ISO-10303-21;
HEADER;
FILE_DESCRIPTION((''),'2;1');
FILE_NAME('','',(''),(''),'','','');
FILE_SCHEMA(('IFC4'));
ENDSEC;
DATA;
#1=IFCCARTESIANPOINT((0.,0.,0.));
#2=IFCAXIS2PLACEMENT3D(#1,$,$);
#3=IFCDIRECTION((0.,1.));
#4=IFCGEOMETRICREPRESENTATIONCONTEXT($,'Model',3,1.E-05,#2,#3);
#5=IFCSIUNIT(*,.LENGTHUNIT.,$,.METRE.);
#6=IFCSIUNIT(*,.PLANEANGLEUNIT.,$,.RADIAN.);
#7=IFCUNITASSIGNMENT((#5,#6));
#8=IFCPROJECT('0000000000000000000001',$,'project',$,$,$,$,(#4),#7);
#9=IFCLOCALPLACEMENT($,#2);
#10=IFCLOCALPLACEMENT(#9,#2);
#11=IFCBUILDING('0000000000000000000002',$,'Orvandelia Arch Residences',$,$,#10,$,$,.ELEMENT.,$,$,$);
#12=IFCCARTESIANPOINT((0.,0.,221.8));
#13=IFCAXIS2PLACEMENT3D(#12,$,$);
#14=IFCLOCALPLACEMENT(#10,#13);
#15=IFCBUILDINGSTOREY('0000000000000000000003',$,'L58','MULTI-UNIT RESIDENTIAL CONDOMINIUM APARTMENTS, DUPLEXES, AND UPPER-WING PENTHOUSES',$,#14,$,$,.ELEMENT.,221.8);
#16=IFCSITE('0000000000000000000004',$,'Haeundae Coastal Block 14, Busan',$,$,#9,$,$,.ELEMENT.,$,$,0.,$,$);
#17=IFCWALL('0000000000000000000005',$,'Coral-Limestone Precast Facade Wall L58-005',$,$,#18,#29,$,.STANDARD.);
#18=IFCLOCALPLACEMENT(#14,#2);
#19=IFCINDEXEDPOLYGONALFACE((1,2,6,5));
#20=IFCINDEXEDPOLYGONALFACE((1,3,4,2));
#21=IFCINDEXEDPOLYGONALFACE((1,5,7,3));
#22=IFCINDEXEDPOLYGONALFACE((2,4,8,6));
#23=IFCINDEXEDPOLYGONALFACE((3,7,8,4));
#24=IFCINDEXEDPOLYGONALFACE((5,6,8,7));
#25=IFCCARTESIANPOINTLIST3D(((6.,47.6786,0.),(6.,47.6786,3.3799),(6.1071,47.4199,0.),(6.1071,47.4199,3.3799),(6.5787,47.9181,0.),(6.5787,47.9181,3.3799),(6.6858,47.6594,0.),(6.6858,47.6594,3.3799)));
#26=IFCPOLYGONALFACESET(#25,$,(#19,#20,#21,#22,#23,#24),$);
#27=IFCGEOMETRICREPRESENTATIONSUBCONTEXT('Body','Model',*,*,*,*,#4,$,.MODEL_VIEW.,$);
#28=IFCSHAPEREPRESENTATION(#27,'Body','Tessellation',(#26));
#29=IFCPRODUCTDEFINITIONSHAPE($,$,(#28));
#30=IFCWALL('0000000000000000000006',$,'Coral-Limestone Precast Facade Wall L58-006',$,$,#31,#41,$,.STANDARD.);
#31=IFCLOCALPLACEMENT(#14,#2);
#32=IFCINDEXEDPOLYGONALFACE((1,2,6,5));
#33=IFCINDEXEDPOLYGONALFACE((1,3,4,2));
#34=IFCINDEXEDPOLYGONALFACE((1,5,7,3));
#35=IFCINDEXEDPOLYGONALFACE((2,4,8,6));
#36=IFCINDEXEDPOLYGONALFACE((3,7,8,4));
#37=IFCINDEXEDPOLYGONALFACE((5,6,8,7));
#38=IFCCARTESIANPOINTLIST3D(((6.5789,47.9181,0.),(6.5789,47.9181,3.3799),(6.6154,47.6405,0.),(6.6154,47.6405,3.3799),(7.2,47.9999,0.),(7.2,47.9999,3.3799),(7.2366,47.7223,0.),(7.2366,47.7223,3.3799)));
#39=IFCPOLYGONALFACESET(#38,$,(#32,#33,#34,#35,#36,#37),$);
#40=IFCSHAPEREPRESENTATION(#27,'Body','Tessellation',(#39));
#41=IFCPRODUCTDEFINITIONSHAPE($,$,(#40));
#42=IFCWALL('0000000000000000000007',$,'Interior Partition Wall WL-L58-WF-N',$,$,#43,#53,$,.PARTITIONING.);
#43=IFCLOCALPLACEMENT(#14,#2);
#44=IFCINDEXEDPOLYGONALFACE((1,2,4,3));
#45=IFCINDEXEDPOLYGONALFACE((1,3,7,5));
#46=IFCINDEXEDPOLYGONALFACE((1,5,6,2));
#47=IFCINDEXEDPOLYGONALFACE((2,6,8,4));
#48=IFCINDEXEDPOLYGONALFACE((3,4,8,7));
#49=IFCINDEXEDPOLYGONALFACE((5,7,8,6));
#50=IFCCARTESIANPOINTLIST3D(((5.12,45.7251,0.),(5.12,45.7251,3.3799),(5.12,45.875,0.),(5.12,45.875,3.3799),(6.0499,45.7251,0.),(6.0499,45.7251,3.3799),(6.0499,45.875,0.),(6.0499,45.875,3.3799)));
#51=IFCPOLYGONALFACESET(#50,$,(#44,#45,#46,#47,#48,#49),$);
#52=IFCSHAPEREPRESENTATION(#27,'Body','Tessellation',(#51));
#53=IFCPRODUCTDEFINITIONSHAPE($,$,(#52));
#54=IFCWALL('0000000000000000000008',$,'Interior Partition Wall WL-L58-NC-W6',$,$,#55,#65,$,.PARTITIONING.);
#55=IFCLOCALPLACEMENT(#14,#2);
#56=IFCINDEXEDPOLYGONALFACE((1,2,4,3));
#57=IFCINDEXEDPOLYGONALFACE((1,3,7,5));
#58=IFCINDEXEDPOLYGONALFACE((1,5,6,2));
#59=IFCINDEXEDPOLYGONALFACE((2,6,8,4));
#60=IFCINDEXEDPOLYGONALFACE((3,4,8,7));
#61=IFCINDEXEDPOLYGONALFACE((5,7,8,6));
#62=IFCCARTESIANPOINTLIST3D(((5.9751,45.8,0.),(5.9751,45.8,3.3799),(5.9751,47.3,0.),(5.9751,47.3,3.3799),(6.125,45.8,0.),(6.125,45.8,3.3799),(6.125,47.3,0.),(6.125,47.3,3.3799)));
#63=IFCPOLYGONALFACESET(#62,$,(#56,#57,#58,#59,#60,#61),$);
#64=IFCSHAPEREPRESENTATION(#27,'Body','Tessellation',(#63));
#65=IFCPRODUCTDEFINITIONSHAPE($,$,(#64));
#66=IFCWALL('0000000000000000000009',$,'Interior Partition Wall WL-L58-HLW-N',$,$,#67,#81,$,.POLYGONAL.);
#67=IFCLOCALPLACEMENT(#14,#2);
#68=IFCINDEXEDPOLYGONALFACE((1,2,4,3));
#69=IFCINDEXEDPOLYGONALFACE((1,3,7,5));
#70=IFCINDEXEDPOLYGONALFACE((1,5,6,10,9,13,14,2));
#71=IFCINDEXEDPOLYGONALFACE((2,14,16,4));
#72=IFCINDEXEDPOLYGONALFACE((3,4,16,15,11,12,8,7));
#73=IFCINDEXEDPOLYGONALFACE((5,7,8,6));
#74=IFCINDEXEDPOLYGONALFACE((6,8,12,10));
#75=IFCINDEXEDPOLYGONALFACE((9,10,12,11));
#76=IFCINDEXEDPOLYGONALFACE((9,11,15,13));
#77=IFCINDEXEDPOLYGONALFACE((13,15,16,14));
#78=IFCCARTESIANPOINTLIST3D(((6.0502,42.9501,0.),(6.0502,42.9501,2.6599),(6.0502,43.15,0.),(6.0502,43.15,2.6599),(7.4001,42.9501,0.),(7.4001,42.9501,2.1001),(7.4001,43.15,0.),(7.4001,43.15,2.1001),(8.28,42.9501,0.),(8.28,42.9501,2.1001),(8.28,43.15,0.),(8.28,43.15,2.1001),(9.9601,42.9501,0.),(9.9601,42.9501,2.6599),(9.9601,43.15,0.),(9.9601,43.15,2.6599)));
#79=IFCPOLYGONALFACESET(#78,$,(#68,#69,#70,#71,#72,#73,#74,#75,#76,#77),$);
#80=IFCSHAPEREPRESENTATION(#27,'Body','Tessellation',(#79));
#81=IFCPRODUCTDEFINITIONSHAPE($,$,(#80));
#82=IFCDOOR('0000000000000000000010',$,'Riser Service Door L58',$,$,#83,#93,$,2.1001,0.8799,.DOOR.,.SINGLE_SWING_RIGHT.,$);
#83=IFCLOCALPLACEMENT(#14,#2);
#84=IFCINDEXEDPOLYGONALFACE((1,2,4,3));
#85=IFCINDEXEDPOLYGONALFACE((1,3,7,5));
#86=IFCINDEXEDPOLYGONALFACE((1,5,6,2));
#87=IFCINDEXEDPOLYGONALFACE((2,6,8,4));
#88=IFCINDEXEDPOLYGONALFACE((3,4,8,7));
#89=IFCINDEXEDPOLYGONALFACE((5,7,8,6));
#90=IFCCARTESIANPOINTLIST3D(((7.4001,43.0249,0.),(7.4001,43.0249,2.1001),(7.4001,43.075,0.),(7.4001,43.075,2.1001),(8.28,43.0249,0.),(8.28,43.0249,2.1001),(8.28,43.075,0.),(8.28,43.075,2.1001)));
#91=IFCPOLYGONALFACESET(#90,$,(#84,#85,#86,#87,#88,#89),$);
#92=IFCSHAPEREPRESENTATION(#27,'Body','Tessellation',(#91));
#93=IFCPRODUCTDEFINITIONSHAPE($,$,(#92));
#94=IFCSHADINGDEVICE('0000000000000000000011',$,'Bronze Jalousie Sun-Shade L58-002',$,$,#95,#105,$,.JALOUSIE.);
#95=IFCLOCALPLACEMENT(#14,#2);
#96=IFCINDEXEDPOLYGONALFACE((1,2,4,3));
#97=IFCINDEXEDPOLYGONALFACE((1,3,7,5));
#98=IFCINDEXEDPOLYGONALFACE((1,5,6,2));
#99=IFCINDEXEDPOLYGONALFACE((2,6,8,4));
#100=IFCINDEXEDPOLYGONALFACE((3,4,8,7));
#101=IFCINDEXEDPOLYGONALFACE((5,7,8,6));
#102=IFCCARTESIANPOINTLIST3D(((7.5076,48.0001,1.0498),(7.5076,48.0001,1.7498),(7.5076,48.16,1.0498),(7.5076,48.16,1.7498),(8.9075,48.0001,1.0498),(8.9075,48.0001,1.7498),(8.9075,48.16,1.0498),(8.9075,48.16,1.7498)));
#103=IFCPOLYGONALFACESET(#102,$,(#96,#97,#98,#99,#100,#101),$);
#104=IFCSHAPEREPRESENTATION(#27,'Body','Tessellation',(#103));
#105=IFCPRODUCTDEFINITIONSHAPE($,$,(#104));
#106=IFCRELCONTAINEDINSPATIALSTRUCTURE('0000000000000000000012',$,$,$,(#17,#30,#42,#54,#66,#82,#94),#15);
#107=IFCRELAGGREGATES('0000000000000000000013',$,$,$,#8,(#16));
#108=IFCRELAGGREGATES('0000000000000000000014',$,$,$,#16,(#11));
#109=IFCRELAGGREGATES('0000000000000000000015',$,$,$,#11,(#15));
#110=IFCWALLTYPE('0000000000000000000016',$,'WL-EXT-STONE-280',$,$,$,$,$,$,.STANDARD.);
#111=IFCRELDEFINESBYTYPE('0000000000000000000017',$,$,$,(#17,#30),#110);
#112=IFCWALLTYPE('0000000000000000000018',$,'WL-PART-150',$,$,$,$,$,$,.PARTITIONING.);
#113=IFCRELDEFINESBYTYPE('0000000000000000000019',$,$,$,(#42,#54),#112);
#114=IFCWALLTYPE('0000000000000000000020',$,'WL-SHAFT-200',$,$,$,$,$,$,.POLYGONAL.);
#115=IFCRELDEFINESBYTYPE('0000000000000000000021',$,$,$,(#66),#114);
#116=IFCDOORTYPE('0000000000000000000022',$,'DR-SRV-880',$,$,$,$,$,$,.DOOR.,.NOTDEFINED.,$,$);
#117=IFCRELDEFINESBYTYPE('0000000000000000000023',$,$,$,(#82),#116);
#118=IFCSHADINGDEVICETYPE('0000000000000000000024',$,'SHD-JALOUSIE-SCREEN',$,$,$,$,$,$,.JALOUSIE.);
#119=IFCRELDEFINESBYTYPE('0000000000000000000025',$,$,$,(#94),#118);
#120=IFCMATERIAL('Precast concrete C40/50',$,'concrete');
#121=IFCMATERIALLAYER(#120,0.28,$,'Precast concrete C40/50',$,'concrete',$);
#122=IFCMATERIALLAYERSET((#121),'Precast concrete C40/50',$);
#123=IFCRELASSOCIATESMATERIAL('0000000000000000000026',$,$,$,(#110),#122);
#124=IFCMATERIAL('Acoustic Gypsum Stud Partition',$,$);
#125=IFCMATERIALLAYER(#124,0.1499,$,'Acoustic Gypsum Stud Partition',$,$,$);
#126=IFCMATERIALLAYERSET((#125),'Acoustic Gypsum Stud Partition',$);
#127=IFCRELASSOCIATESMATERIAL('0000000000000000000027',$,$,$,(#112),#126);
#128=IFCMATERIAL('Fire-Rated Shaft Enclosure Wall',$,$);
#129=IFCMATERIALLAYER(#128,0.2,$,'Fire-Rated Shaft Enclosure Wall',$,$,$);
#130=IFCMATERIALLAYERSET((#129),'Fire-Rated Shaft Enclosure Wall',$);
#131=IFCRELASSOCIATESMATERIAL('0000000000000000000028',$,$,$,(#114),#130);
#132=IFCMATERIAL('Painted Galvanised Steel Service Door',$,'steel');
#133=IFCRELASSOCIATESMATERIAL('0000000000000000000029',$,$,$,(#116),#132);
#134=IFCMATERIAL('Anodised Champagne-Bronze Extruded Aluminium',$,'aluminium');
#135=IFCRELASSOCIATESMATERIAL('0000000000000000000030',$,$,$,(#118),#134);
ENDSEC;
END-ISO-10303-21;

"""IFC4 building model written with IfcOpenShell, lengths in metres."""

from ifc_helpers import new_model, si_unit, direction, frame, frame_2d, origin, origin_2d, place, context, subcontext, project, spatial, rectangle, extrude, material, layer, layer_set, type_object, element, fill, save


model = new_model("IFC4")

# Units and contexts
model_context = context("Model", 3, precision=1e-05, world=origin(), true_north=direction((0.0, 1.0)))
body_context = subcontext(model_context, "Body", "Model", "MODEL_VIEW")
ifc_project = project(units=[si_unit("LENGTHUNIT", "METRE"), si_unit("PLANEANGLEUNIT", "RADIAN")], contexts=[model_context])

# Site, building, storey
site_placement = place(None, origin())
site = spatial("IfcSite", under=ifc_project, at=site_placement, Name="Haeundae Coastal Block 14, Busan", CompositionType="ELEMENT", RefElevation=0.0)
building_placement = place(site_placement, origin())
building = spatial("IfcBuilding", under=site, at=building_placement, Name="Orvandelia Arch Residences", CompositionType="ELEMENT")
storey_placement = place(building_placement, frame((0.0, 0.0, 221.8)))
storey = spatial("IfcBuildingStorey", under=building, at=storey_placement, Name="L58", Description="MULTI-UNIT RESIDENTIAL CONDOMINIUM APARTMENTS, DUPLEXES, AND UPPER-WING PENTHOUSES", CompositionType="ELEMENT", Elevation=221.8)

# Walls
ifc_material_1 = material(Name="Precast concrete C40/50", Category="concrete")
ifc_layer_1 = layer(ifc_material_1, 0.28, Name="Precast concrete C40/50", Category="concrete")
ifc_layer_set_1 = layer_set([ifc_layer_1], Name="Precast concrete C40/50")
wall_type_1 = type_object("IfcWallType", Name="WL-EXT-STONE-280", PredefinedType="STANDARD", material=ifc_layer_set_1)
wall_1_placement = place(storey_placement, frame((6.0537, 47.5493, 0.0), z_axis=(0.0, 0.0, 1.0), x_axis=(0.923974, 0.382455, 0.0)))
element("IfcWall", 1, at=wall_1_placement, inside=storey, type_object=wall_type_1, Name="Coral-Limestone Precast Facade Wall L58-005", PredefinedType="STANDARD", context=body_context, shape_type="SweptSolid", body=[
    extrude(rectangle(XDim=0.6262, YDim=0.28, at=frame_2d((0.313, 0.0))), origin(), (0.0, 0.0, 1.0), 3.3799),
])
wall_2_placement = place(storey_placement, frame((6.5972, 47.7793, 0.0), z_axis=(0.0, 0.0, 1.0), x_axis=(0.991441, 0.130555, 0.0)))
element("IfcWall", 2, at=wall_2_placement, inside=storey, type_object=wall_type_1, Name="Coral-Limestone Precast Facade Wall L58-006", PredefinedType="STANDARD", context=body_context, shape_type="SweptSolid", body=[
    extrude(rectangle(XDim=0.6265, YDim=0.28, at=frame_2d((0.3132, 0.0))), origin(), (0.0, 0.0, 1.0), 3.3799),
])

# Walls
ifc_material_2 = material(Name="Acoustic Gypsum Stud Partition")
ifc_layer_2 = layer(ifc_material_2, 0.1499, Name="Acoustic Gypsum Stud Partition")
ifc_layer_set_2 = layer_set([ifc_layer_2], Name="Acoustic Gypsum Stud Partition")
wall_type_2 = type_object("IfcWallType", Name="WL-PART-150", PredefinedType="PARTITIONING", material=ifc_layer_set_2)
wall_3_placement = place(storey_placement, frame((5.1201, 45.8, 0.0), z_axis=(0.0, 0.0, 1.0), x_axis=(1.0, 0.0, 0.0)))
element("IfcWall", 3, at=wall_3_placement, inside=storey, type_object=wall_type_2, Name="Interior Partition Wall WL-L58-WF-N", PredefinedType="PARTITIONING", context=body_context, shape_type="SweptSolid", body=[
    extrude(rectangle(XDim=0.9299, YDim=0.1499, at=frame_2d((0.4648, 0.0))), origin(), (0.0, 0.0, 1.0), 3.3799),
])
wall_4_placement = place(storey_placement, frame((6.05, 45.8, 0.0), z_axis=(0.0, 0.0, 1.0), x_axis=(0.0, 1.0, 0.0)))
element("IfcWall", 4, at=wall_4_placement, inside=storey, type_object=wall_type_2, Name="Interior Partition Wall WL-L58-NC-W6", PredefinedType="PARTITIONING", context=body_context, shape_type="SweptSolid", body=[
    extrude(rectangle(XDim=1.5, YDim=0.1499, at=frame_2d((0.75, 0.0))), origin(), (0.0, 0.0, 1.0), 3.3799),
])

# Wall, opening, door
ifc_material_3 = material(Name="Fire-Rated Shaft Enclosure Wall")
ifc_layer_3 = layer(ifc_material_3, 0.2, Name="Fire-Rated Shaft Enclosure Wall")
ifc_layer_set_3 = layer_set([ifc_layer_3], Name="Fire-Rated Shaft Enclosure Wall")
wall_type_3 = type_object("IfcWallType", Name="WL-SHAFT-200", PredefinedType="POLYGONAL", material=ifc_layer_set_3)
wall_5_placement = place(storey_placement, frame((6.05, 43.05, 0.0), z_axis=(0.0, 0.0, 1.0), x_axis=(1.0, 0.0, 0.0)))
wall_5 = element("IfcWall", 5, at=wall_5_placement, inside=storey, type_object=wall_type_3, Name="Interior Partition Wall WL-L58-HLW-N", PredefinedType="POLYGONAL", context=body_context, shape_type="SweptSolid", body=[
    extrude(rectangle(XDim=3.9099, YDim=0.2, at=frame_2d((1.9551, 0.0))), origin(), (0.0, 0.0, 1.0), 2.6599),
])
opening_1_placement = place(wall_5_placement, frame((1.3501, 0.0, 0.0)))
opening_1 = element("IfcOpeningElement", 6, at=opening_1_placement, cuts=wall_5, PredefinedType="OPENING", context=body_context, shape_type="SweptSolid", body=[
    extrude(rectangle(XDim=0.8799, YDim=2.1001, at=frame_2d((0.4399, 1.05))), frame((0.0, 0.1099, 0.0), z_axis=(0.0, -1.0, 0.0), x_axis=(1.0, 0.0, 0.0)), (0.0, 0.0, 1.0), 0.22),
])
ifc_material_4 = material(Name="Painted Galvanised Steel Service Door", Category="steel")
door_type = type_object("IfcDoorType", Name="DR-SRV-880", OperationType="NOTDEFINED", PredefinedType="DOOR", material=ifc_material_4)
door_placement = place(opening_1_placement, origin())
door = element("IfcDoor", 7, at=door_placement, inside=storey, type_object=door_type, Name="Riser Service Door L58", OperationType="SINGLE_SWING_RIGHT", OverallHeight=2.1001, OverallWidth=0.8799, PredefinedType="DOOR", context=body_context, shape_type="SweptSolid", body=[
    extrude(rectangle(XDim=0.8799, YDim=2.1001, at=frame_2d((0.4399, 1.05))), frame((0.0, 0.0249, 0.0), z_axis=(0.0, -1.0, 0.0), x_axis=(1.0, 0.0, 0.0)), (0.0, 0.0, 1.0), 0.05),
])
fill(opening_1, door)

# Shading device
ifc_material_5 = material(Name="Anodised Champagne-Bronze Extruded Aluminium", Category="aluminium")
shading_device_type = type_object("IfcShadingDeviceType", Name="SHD-JALOUSIE-SCREEN", PredefinedType="JALOUSIE", material=ifc_material_5)
shading_device_placement = place(storey_placement, frame((8.2075, 48.0801, 1.0498), z_axis=(0.0, 0.0, 1.0), x_axis=(1.0, 0.0, 0.0)))
element("IfcShadingDevice", 8, at=shading_device_placement, inside=storey, type_object=shading_device_type, Name="Bronze Jalousie Sun-Shade L58-002", PredefinedType="JALOUSIE", context=body_context, shape_type="SweptSolid", body=[
    extrude(rectangle(XDim=1.3999, YDim=0.1599, at=origin_2d()), origin(), (0.0, 0.0, 1.0), 0.7),
])

save(model, "model.ifc")
